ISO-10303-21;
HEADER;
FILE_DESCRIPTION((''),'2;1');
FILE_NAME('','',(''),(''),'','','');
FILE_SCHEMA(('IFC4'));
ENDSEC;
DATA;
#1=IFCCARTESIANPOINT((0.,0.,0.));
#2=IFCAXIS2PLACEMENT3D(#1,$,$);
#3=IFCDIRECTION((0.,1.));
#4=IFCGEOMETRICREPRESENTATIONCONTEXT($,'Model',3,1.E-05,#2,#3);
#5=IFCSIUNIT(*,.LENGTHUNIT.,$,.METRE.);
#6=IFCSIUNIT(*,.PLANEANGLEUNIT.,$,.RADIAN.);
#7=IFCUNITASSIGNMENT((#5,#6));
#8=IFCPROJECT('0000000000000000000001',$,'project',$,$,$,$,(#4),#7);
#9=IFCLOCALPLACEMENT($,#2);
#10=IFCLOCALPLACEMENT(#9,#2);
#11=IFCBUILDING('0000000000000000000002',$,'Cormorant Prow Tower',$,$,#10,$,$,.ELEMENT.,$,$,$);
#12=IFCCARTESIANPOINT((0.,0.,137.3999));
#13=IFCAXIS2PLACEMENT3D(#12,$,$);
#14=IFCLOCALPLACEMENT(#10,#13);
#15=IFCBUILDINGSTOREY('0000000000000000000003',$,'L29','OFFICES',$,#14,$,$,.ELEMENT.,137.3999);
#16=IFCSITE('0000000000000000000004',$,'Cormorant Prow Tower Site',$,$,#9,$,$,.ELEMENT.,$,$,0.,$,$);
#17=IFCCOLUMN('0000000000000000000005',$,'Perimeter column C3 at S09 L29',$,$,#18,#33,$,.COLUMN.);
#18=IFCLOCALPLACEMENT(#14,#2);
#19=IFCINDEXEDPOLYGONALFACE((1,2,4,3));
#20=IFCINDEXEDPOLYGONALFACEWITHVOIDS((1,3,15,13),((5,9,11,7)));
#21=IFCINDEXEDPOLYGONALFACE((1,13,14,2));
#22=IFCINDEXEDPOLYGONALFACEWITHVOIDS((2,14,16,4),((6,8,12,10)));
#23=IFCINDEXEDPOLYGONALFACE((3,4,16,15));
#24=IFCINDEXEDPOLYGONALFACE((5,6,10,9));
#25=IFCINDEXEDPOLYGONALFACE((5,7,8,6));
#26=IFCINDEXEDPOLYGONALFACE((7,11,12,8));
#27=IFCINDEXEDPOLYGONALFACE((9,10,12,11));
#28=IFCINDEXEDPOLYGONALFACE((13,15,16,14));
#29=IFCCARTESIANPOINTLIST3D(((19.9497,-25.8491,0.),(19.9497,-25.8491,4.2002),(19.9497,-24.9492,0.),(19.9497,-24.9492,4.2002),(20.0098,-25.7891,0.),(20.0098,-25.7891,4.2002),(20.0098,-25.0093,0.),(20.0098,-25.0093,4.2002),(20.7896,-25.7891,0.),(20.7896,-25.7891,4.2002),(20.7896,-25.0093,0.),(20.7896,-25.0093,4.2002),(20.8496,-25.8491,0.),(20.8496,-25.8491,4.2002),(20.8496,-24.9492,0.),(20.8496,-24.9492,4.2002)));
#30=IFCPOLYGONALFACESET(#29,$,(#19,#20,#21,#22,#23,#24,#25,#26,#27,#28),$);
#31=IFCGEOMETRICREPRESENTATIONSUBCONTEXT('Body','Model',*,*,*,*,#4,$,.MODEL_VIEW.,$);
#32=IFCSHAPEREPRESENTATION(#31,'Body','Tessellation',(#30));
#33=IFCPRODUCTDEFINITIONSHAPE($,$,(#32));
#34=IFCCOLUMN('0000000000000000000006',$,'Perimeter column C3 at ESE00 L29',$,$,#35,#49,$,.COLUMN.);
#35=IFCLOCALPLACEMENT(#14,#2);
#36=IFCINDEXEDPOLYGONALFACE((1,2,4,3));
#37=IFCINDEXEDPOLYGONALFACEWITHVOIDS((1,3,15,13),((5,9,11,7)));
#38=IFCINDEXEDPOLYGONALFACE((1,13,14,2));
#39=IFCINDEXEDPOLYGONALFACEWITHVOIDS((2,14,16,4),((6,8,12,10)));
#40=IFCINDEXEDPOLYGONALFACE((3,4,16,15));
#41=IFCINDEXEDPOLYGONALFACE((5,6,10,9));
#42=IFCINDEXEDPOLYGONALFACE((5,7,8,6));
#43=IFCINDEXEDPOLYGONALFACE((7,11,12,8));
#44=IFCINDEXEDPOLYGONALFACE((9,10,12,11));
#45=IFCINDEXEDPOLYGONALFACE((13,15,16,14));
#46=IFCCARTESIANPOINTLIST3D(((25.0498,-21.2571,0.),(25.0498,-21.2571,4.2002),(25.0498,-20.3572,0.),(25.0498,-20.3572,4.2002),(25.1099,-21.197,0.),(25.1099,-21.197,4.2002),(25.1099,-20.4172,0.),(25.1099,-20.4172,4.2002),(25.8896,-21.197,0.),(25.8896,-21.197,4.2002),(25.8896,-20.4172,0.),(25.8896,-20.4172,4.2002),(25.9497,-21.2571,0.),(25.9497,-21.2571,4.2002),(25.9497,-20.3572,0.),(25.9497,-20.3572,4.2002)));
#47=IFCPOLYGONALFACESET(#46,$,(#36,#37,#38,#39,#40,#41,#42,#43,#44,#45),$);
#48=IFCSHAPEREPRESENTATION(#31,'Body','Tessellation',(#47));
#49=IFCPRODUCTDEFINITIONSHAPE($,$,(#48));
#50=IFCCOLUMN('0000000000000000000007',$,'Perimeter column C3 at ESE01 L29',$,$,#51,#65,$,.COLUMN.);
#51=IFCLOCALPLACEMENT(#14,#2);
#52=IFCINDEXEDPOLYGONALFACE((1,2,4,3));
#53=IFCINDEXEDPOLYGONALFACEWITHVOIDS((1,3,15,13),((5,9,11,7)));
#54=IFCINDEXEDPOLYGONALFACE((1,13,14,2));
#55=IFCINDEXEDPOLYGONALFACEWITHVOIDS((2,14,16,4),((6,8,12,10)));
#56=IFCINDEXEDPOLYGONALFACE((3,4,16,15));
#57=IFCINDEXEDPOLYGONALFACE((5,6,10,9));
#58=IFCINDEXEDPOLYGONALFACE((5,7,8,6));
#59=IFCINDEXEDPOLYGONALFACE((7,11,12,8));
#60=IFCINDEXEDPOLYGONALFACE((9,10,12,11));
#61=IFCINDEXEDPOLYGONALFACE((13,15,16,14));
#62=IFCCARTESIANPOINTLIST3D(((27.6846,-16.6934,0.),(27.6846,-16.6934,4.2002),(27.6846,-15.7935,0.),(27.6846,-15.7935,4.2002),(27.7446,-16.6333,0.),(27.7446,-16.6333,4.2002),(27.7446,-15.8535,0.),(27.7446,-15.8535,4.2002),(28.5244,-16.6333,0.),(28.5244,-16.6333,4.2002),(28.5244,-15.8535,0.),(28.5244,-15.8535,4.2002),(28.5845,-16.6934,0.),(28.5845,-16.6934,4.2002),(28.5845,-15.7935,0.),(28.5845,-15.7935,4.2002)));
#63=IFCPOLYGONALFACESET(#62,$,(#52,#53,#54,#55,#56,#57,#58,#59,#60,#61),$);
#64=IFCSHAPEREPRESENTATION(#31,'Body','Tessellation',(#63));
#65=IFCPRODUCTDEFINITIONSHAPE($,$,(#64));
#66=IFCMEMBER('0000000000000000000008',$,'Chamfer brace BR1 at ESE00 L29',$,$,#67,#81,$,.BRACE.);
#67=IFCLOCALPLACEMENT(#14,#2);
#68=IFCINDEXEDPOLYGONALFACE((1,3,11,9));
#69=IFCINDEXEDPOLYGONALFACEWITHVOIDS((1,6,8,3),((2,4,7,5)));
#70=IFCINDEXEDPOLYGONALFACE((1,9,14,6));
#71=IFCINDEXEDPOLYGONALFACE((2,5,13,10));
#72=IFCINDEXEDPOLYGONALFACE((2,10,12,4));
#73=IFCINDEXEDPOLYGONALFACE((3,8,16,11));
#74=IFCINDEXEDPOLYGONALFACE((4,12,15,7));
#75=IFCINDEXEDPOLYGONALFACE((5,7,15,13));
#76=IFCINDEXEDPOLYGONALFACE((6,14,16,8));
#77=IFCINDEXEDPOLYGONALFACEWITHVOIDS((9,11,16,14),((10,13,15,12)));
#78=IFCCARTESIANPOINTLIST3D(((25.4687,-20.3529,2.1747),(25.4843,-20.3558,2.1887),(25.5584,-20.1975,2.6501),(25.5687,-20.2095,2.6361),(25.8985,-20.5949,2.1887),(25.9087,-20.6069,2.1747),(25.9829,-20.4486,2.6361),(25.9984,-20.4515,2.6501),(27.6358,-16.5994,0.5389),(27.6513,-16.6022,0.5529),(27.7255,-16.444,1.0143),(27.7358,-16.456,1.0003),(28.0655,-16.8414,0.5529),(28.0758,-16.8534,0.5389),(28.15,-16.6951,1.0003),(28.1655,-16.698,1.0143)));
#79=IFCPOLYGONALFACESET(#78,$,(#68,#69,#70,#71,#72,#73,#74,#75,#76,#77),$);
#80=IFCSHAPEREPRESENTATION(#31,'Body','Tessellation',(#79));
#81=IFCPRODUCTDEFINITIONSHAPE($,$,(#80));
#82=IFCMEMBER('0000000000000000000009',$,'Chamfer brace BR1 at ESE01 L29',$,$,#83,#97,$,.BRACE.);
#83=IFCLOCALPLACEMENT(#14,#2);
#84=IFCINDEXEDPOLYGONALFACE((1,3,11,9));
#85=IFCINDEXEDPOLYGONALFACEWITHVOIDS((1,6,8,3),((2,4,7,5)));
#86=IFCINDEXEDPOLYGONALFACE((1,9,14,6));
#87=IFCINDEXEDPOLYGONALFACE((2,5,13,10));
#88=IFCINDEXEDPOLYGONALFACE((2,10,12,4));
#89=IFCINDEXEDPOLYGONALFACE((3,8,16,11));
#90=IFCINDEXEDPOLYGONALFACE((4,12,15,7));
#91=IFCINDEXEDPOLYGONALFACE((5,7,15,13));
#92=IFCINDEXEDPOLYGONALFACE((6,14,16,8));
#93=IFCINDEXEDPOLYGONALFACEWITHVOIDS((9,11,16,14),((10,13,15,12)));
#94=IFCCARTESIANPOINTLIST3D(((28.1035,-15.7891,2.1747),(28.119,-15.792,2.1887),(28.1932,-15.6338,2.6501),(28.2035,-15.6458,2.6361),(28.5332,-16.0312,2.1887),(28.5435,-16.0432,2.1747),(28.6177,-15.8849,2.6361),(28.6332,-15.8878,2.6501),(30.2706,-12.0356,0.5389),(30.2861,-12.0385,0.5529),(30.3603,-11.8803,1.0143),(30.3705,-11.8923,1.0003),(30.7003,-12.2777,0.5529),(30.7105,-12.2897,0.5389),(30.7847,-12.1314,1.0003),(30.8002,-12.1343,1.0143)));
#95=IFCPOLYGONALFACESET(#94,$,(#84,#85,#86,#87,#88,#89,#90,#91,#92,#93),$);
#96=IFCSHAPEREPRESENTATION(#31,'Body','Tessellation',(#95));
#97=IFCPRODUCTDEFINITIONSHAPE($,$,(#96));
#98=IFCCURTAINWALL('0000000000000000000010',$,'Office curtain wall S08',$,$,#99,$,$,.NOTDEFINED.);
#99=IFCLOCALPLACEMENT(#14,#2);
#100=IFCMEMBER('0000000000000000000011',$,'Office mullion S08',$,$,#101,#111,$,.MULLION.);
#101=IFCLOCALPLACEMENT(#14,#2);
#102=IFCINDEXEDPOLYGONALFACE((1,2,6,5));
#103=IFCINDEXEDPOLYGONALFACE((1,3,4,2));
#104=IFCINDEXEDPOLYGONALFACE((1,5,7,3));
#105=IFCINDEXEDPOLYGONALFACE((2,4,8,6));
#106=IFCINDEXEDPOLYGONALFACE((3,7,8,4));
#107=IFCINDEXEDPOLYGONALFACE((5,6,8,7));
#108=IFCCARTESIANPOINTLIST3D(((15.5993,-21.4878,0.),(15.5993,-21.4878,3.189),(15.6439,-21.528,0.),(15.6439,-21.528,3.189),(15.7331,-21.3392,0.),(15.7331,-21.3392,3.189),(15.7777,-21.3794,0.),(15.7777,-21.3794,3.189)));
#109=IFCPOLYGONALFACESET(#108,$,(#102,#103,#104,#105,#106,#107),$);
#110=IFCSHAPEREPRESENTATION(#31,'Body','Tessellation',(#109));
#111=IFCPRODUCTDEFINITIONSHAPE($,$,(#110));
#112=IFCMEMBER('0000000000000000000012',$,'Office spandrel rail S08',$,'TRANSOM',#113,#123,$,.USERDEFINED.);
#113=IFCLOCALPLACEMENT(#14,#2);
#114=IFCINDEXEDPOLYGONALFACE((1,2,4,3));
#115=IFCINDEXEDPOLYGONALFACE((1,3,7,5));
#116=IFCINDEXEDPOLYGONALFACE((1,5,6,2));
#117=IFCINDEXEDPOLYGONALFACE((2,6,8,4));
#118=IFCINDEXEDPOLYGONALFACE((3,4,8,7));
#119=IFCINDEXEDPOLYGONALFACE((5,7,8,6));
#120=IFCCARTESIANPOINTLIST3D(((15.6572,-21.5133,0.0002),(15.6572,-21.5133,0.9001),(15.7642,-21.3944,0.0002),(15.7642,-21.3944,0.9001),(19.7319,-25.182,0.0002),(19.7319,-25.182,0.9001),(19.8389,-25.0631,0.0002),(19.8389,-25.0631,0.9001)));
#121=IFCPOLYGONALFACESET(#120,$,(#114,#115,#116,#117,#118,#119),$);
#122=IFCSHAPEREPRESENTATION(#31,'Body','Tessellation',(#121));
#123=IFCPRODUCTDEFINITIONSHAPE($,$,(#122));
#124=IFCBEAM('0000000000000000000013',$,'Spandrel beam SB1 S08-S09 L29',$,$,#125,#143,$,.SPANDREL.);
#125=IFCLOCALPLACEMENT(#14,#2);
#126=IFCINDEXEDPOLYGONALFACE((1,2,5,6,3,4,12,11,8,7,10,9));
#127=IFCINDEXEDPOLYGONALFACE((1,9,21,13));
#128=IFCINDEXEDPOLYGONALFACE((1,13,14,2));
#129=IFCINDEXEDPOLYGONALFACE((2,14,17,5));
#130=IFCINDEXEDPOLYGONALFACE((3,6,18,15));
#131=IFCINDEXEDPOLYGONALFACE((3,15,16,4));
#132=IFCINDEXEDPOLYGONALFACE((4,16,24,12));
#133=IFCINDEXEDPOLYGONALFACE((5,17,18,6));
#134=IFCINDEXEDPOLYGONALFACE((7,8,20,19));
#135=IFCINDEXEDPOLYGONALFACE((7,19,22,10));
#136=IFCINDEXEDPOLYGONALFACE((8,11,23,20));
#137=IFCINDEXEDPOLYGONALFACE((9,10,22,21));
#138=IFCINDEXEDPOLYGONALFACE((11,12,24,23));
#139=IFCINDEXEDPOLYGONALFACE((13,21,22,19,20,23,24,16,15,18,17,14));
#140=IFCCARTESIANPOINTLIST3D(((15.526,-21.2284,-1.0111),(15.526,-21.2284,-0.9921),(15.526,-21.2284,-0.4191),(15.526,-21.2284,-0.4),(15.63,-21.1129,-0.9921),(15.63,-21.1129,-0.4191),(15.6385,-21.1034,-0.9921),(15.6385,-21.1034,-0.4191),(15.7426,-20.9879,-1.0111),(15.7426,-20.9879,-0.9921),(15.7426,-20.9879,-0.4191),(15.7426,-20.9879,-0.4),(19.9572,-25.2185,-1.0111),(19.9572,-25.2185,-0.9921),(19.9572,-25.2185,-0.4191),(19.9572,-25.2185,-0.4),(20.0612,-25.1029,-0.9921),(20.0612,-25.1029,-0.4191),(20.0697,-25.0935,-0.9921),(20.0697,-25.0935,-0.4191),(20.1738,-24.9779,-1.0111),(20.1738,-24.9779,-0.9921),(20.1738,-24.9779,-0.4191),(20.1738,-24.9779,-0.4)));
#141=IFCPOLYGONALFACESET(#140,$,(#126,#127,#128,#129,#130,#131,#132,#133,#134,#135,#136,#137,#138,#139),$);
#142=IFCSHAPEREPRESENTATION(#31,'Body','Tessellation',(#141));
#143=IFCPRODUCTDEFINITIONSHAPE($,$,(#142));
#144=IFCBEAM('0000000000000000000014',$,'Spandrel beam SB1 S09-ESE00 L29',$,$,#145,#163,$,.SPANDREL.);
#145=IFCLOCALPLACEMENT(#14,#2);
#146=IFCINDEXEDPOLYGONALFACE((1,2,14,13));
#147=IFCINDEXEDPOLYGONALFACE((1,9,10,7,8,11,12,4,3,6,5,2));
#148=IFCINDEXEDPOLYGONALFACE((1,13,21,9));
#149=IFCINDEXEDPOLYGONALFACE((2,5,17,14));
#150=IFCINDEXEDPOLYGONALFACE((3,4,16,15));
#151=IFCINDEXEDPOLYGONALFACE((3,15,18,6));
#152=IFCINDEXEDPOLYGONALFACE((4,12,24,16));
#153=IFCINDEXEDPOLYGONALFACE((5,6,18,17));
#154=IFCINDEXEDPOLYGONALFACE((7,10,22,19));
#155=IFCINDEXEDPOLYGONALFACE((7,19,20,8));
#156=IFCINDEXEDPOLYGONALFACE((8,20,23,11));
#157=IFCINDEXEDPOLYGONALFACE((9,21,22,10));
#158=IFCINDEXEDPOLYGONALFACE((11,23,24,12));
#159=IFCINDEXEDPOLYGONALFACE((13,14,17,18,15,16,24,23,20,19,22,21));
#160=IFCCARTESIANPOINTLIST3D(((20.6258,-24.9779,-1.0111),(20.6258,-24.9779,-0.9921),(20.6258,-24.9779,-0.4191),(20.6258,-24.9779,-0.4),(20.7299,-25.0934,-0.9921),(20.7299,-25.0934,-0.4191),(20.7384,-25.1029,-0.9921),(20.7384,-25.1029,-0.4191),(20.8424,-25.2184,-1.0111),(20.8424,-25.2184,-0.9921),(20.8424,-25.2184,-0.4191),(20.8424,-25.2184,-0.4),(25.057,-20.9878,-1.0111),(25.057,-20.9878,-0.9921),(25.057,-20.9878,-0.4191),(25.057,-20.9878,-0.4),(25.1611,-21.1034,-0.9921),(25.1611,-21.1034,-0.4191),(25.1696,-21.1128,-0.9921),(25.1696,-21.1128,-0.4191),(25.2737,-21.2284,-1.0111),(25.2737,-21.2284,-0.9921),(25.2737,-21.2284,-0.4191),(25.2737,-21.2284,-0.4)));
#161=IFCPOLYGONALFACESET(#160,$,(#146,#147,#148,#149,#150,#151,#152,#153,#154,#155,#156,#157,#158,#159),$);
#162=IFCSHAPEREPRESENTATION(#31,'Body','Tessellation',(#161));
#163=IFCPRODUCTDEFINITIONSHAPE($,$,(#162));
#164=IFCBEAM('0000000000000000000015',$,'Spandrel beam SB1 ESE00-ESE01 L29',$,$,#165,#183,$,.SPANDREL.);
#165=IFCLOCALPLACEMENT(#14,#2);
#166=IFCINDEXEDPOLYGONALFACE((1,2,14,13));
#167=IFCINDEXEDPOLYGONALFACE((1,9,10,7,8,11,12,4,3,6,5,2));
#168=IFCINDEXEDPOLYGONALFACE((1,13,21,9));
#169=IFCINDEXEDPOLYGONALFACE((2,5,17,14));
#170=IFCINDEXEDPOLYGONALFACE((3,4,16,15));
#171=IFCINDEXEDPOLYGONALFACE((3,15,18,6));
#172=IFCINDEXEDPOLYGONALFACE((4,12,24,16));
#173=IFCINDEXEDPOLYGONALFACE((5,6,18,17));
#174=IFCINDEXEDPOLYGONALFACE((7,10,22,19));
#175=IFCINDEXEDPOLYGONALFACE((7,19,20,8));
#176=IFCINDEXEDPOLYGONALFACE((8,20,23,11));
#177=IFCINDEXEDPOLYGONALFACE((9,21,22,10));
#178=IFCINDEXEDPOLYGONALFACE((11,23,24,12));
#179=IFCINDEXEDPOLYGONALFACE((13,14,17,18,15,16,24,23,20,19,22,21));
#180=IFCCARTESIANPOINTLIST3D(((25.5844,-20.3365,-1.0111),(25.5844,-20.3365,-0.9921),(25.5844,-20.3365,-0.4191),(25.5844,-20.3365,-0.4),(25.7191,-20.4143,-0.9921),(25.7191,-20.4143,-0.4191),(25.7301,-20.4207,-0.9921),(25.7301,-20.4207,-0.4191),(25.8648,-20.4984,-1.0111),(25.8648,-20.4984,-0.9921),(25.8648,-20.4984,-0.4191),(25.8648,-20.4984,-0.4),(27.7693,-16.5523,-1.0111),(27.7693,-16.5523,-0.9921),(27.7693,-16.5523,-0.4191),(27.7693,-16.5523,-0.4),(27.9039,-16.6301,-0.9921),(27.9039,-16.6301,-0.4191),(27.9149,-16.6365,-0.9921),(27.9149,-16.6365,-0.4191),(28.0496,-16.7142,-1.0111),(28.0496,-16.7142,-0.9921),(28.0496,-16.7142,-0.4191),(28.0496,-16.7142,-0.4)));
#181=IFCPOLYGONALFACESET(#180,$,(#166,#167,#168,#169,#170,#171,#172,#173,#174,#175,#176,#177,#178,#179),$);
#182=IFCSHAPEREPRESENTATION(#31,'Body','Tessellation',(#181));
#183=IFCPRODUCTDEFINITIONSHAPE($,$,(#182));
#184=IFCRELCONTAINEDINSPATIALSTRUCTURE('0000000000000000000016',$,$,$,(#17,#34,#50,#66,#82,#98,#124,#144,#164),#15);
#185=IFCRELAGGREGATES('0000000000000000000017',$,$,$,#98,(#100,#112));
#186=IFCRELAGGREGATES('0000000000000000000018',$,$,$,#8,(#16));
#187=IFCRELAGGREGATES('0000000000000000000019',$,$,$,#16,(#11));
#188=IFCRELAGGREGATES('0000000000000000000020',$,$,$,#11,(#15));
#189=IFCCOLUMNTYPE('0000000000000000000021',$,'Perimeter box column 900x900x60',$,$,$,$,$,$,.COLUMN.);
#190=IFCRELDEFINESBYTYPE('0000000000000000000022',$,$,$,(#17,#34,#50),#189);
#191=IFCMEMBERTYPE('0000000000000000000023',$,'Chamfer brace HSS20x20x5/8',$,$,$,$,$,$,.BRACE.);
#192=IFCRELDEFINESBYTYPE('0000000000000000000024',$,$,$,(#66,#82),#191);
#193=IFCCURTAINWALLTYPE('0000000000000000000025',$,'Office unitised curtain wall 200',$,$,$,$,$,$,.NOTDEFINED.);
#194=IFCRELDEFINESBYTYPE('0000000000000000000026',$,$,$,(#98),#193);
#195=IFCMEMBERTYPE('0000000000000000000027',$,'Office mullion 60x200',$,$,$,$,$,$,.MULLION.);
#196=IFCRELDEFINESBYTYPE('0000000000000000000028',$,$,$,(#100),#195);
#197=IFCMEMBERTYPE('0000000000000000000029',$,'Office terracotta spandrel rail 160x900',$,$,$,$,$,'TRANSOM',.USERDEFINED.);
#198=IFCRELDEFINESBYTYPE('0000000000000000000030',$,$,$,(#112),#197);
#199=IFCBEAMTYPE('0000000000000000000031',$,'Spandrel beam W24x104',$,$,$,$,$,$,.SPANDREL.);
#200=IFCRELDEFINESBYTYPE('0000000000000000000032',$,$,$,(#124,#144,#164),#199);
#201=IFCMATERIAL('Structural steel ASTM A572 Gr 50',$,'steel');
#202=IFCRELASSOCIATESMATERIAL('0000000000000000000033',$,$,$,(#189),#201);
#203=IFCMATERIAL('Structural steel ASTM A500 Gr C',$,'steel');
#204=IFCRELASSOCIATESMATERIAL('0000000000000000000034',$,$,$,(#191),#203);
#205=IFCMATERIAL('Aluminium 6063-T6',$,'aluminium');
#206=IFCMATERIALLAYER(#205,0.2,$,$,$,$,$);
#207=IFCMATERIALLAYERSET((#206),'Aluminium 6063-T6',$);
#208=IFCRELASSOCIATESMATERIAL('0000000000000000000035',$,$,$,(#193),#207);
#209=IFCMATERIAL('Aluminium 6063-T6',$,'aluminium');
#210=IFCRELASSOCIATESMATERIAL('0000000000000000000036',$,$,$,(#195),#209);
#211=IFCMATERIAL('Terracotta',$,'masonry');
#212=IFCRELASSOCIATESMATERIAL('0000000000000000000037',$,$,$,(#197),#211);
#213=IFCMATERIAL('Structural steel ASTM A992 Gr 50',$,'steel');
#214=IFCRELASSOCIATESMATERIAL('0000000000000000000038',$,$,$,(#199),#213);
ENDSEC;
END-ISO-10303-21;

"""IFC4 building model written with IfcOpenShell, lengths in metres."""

from ifc_helpers import new_model, si_unit, direction, frame, origin, origin_2d, place, context, subcontext, project, spatial, rectangle, hollow_rectangle, i_section, extrude, material, layer, layer_set, material_profile, profile_set, type_object, element, aggregate, save


model = new_model("IFC4")

# Units and contexts
model_context = context("Model", 3, precision=1e-05, world=origin(), true_north=direction((0.0, 1.0)))
body_context = subcontext(model_context, "Body", "Model", "MODEL_VIEW")
ifc_project = project(units=[si_unit("LENGTHUNIT", "METRE"), si_unit("PLANEANGLEUNIT", "RADIAN")], contexts=[model_context])

# Site, building, storey
site_placement = place(None, origin())
site = spatial("IfcSite", under=ifc_project, at=site_placement, Name="Cormorant Prow Tower Site", CompositionType="ELEMENT", RefElevation=0.0)
building_placement = place(site_placement, origin())
building = spatial("IfcBuilding", under=site, at=building_placement, Name="Cormorant Prow Tower", CompositionType="ELEMENT")
storey_placement = place(building_placement, frame((0.0, 0.0, 137.3999)))
storey = spatial("IfcBuildingStorey", under=building, at=storey_placement, Name="L29", Description="OFFICES", CompositionType="ELEMENT", Elevation=137.3999)

# Columns
ifc_material_1 = material(Name="Structural steel ASTM A572 Gr 50", Category="steel")
ifc_material_profile_1 = material_profile(ifc_material_1, hollow_rectangle(XDim=0.8999, YDim=0.8999, WallThickness=0.0601, at=origin_2d()), Name="Box 900x900x60")
ifc_profile_set_1 = profile_set([ifc_material_profile_1], Name="Structural steel ASTM A572 Gr 50")
column_type = type_object("IfcColumnType", Name="Perimeter box column 900x900x60", PredefinedType="COLUMN", material=ifc_profile_set_1)
for number, where, z_axis, x_axis, name in (
    (1, (20.3997, -25.3992, 0.0), (0.0, 0.0, 1.0), (1.0, 0.0, 0.0), "Perimeter column C3 at S09 L29"),
    (2, (25.4998, -20.8071, 0.0), (0.0, 0.0, 1.0), (1.0, 0.0, 0.0), "Perimeter column C3 at ESE00 L29"),
    (3, (28.1345, -16.2434, 0.0), (0.0, 0.0, 1.0), (1.0, 0.0, 0.0), "Perimeter column C3 at ESE01 L29"),
):
    element("IfcColumn", number, at=place(storey_placement, frame(where, z_axis=z_axis, x_axis=x_axis)), inside=storey, type_object=column_type, Name=name, PredefinedType="COLUMN", context=body_context, shape_type="SweptSolid", body=[
        extrude(hollow_rectangle(XDim=0.8999, YDim=0.8999, WallThickness=0.0601, at=origin_2d()), origin(), (0.0, 0.0, 1.0), 4.2002),
    ])

# Members
ifc_material_2 = material(Name="Structural steel ASTM A500 Gr C", Category="steel")
ifc_material_profile_2 = material_profile(ifc_material_2, hollow_rectangle(XDim=0.5081, YDim=0.5081, WallThickness=0.0149, at=origin_2d()), Name="HSS20x20x5/8")
ifc_profile_set_2 = profile_set([ifc_material_profile_2], Name="Structural steel ASTM A500 Gr C")
member_type_1 = type_object("IfcMemberType", Name="Chamfer brace HSS20x20x5/8", PredefinedType="BRACE", material=ifc_profile_set_2)
for number, where, z_axis, x_axis, name in (
    (4, (27.9006, -16.6487, 0.7766), (-0.467785, -0.810244, 0.353105), (0.86603, -0.499992, 0.0), "Chamfer brace BR1 at ESE00 L29"),
    (5, (30.5354, -12.085, 0.7766), (-0.467785, -0.810244, 0.353105), (0.86603, -0.499992, 0.0), "Chamfer brace BR1 at ESE01 L29"),
):
    element("IfcMember", number, at=place(storey_placement, frame(where, z_axis=z_axis, x_axis=x_axis)), inside=storey, type_object=member_type_1, Name=name, PredefinedType="BRACE", context=body_context, shape_type="SweptSolid", body=[
        extrude(hollow_rectangle(XDim=0.5081, YDim=0.5081, WallThickness=0.0149, at=origin_2d()), origin(), (0.0, 0.0, 1.0), 4.6326),
    ])

# Curtain wall, members
ifc_material_3 = material(Name="Aluminium 6063-T6", Category="aluminium")
ifc_layer_1 = layer(ifc_material_3, 0.2)
ifc_layer_set_1 = layer_set([ifc_layer_1], Name="Aluminium 6063-T6")
curtain_wall_type = type_object("IfcCurtainWallType", Name="Office unitised curtain wall 200", PredefinedType="NOTDEFINED", material=ifc_layer_set_1)
curtain_wall_placement = place(storey_placement, origin())
curtain_wall = element("IfcCurtainWall", 6, at=curtain_wall_placement, inside=storey, type_object=curtain_wall_type, Name="Office curtain wall S08", PredefinedType="NOTDEFINED")
ifc_material_4 = material(Name="Aluminium 6063-T6", Category="aluminium")
ifc_material_profile_3 = material_profile(ifc_material_4, rectangle(XDim=0.2, YDim=0.0601, at=origin_2d()), Name="Office mullion 60x200")
ifc_profile_set_3 = profile_set([ifc_material_profile_3], Name="Aluminium 6063-T6")
member_type_2 = type_object("IfcMemberType", Name="Office mullion 60x200", PredefinedType="MULLION", material=ifc_profile_set_3)
member_1_placement = place(storey_placement, frame((15.6885, -21.4336, 0.0), z_axis=(0.0, 0.0, 1.0), x_axis=(0.669131, 0.743145, 0.0)))
member_1 = element("IfcMember", 7, at=member_1_placement, type_object=member_type_2, Name="Office mullion S08", PredefinedType="MULLION", context=body_context, shape_type="SweptSolid", body=[
    extrude(rectangle(XDim=0.2, YDim=0.0601, at=origin_2d()), origin(), (0.0, 0.0, 1.0), 3.189),
])
ifc_material_5 = material(Name="Terracotta", Category="masonry")
ifc_material_profile_4 = material_profile(ifc_material_5, rectangle(XDim=0.1599, YDim=0.8999, at=origin_2d()), Name="Office terracotta spandrel rail 160x900")
ifc_profile_set_4 = profile_set([ifc_material_profile_4], Name="Terracotta")
member_type_3 = type_object("IfcMemberType", Name="Office terracotta spandrel rail 160x900", ElementType="TRANSOM", PredefinedType="USERDEFINED", material=ifc_profile_set_4)
member_2_placement = place(storey_placement, frame((15.7107, -21.4539, 0.4502), z_axis=(0.743161, -0.669112, 0.0), x_axis=(0.669112, 0.743161, 0.0)))
member_2 = element("IfcMember", 8, at=member_2_placement, type_object=member_type_3, Name="Office spandrel rail S08", ObjectType="TRANSOM", PredefinedType="USERDEFINED", context=body_context, shape_type="SweptSolid", body=[
    extrude(rectangle(XDim=0.1599, YDim=0.8999, at=origin_2d()), origin(), (0.0, 0.0, 1.0), 5.4829),
])

# Beams
ifc_material_6 = material(Name="Structural steel ASTM A992 Gr 50", Category="steel")
ifc_material_profile_5 = material_profile(ifc_material_6, i_section(OverallWidth=0.3237, OverallDepth=0.6111, WebThickness=0.0127, FlangeThickness=0.019, at=origin_2d()), Name="W24x104")
ifc_profile_set_5 = profile_set([ifc_material_profile_5], Name="Structural steel ASTM A992 Gr 50")
beam_type = type_object("IfcBeamType", Name="Spandrel beam W24x104", PredefinedType="SPANDREL", material=ifc_profile_set_5)
for number, where, z_axis, x_axis, name in (
    (9, (15.6343, -21.1082, -0.7056), (0.743131, -0.669146, 0.0), (0.669146, 0.743131, 0.0), "Spandrel beam SB1 S08-S09 L29"),
    (10, (20.7341, -25.0981, -0.7056), (0.743131, 0.669146, 0.0), (-0.669146, 0.743131, 0.0), "Spandrel beam SB1 S09-ESE00 L29"),
):
    element("IfcBeam", number, at=place(storey_placement, frame(where, z_axis=z_axis, x_axis=x_axis)), inside=storey, type_object=beam_type, Name=name, PredefinedType="SPANDREL", context=body_context, shape_type="SweptSolid", body=[
        extrude(i_section(OverallWidth=0.3237, OverallDepth=0.6111, WebThickness=0.0127, FlangeThickness=0.019, at=origin_2d()), origin(), (0.0, 0.0, 1.0), 5.9629),
    ])
for number, where, z_axis, x_axis, name in (
    (11, (25.7246, -20.4175, -0.7056), (0.500003, 0.866024, 0.0), (-0.866024, 0.500003, 0.0), "Spandrel beam SB1 ESE00-ESE01 L29"),
):
    element("IfcBeam", number, at=place(storey_placement, frame(where, z_axis=z_axis, x_axis=x_axis)), inside=storey, type_object=beam_type, Name=name, PredefinedType="SPANDREL", context=body_context, shape_type="SweptSolid", body=[
        extrude(i_section(OverallWidth=0.3237, OverallDepth=0.6111, WebThickness=0.0127, FlangeThickness=0.019, at=origin_2d()), origin(), (0.0, 0.0, 1.0), 4.3696),
    ])

aggregate(curtain_wall, [member_1, member_2])

save(model, "model.ifc")
